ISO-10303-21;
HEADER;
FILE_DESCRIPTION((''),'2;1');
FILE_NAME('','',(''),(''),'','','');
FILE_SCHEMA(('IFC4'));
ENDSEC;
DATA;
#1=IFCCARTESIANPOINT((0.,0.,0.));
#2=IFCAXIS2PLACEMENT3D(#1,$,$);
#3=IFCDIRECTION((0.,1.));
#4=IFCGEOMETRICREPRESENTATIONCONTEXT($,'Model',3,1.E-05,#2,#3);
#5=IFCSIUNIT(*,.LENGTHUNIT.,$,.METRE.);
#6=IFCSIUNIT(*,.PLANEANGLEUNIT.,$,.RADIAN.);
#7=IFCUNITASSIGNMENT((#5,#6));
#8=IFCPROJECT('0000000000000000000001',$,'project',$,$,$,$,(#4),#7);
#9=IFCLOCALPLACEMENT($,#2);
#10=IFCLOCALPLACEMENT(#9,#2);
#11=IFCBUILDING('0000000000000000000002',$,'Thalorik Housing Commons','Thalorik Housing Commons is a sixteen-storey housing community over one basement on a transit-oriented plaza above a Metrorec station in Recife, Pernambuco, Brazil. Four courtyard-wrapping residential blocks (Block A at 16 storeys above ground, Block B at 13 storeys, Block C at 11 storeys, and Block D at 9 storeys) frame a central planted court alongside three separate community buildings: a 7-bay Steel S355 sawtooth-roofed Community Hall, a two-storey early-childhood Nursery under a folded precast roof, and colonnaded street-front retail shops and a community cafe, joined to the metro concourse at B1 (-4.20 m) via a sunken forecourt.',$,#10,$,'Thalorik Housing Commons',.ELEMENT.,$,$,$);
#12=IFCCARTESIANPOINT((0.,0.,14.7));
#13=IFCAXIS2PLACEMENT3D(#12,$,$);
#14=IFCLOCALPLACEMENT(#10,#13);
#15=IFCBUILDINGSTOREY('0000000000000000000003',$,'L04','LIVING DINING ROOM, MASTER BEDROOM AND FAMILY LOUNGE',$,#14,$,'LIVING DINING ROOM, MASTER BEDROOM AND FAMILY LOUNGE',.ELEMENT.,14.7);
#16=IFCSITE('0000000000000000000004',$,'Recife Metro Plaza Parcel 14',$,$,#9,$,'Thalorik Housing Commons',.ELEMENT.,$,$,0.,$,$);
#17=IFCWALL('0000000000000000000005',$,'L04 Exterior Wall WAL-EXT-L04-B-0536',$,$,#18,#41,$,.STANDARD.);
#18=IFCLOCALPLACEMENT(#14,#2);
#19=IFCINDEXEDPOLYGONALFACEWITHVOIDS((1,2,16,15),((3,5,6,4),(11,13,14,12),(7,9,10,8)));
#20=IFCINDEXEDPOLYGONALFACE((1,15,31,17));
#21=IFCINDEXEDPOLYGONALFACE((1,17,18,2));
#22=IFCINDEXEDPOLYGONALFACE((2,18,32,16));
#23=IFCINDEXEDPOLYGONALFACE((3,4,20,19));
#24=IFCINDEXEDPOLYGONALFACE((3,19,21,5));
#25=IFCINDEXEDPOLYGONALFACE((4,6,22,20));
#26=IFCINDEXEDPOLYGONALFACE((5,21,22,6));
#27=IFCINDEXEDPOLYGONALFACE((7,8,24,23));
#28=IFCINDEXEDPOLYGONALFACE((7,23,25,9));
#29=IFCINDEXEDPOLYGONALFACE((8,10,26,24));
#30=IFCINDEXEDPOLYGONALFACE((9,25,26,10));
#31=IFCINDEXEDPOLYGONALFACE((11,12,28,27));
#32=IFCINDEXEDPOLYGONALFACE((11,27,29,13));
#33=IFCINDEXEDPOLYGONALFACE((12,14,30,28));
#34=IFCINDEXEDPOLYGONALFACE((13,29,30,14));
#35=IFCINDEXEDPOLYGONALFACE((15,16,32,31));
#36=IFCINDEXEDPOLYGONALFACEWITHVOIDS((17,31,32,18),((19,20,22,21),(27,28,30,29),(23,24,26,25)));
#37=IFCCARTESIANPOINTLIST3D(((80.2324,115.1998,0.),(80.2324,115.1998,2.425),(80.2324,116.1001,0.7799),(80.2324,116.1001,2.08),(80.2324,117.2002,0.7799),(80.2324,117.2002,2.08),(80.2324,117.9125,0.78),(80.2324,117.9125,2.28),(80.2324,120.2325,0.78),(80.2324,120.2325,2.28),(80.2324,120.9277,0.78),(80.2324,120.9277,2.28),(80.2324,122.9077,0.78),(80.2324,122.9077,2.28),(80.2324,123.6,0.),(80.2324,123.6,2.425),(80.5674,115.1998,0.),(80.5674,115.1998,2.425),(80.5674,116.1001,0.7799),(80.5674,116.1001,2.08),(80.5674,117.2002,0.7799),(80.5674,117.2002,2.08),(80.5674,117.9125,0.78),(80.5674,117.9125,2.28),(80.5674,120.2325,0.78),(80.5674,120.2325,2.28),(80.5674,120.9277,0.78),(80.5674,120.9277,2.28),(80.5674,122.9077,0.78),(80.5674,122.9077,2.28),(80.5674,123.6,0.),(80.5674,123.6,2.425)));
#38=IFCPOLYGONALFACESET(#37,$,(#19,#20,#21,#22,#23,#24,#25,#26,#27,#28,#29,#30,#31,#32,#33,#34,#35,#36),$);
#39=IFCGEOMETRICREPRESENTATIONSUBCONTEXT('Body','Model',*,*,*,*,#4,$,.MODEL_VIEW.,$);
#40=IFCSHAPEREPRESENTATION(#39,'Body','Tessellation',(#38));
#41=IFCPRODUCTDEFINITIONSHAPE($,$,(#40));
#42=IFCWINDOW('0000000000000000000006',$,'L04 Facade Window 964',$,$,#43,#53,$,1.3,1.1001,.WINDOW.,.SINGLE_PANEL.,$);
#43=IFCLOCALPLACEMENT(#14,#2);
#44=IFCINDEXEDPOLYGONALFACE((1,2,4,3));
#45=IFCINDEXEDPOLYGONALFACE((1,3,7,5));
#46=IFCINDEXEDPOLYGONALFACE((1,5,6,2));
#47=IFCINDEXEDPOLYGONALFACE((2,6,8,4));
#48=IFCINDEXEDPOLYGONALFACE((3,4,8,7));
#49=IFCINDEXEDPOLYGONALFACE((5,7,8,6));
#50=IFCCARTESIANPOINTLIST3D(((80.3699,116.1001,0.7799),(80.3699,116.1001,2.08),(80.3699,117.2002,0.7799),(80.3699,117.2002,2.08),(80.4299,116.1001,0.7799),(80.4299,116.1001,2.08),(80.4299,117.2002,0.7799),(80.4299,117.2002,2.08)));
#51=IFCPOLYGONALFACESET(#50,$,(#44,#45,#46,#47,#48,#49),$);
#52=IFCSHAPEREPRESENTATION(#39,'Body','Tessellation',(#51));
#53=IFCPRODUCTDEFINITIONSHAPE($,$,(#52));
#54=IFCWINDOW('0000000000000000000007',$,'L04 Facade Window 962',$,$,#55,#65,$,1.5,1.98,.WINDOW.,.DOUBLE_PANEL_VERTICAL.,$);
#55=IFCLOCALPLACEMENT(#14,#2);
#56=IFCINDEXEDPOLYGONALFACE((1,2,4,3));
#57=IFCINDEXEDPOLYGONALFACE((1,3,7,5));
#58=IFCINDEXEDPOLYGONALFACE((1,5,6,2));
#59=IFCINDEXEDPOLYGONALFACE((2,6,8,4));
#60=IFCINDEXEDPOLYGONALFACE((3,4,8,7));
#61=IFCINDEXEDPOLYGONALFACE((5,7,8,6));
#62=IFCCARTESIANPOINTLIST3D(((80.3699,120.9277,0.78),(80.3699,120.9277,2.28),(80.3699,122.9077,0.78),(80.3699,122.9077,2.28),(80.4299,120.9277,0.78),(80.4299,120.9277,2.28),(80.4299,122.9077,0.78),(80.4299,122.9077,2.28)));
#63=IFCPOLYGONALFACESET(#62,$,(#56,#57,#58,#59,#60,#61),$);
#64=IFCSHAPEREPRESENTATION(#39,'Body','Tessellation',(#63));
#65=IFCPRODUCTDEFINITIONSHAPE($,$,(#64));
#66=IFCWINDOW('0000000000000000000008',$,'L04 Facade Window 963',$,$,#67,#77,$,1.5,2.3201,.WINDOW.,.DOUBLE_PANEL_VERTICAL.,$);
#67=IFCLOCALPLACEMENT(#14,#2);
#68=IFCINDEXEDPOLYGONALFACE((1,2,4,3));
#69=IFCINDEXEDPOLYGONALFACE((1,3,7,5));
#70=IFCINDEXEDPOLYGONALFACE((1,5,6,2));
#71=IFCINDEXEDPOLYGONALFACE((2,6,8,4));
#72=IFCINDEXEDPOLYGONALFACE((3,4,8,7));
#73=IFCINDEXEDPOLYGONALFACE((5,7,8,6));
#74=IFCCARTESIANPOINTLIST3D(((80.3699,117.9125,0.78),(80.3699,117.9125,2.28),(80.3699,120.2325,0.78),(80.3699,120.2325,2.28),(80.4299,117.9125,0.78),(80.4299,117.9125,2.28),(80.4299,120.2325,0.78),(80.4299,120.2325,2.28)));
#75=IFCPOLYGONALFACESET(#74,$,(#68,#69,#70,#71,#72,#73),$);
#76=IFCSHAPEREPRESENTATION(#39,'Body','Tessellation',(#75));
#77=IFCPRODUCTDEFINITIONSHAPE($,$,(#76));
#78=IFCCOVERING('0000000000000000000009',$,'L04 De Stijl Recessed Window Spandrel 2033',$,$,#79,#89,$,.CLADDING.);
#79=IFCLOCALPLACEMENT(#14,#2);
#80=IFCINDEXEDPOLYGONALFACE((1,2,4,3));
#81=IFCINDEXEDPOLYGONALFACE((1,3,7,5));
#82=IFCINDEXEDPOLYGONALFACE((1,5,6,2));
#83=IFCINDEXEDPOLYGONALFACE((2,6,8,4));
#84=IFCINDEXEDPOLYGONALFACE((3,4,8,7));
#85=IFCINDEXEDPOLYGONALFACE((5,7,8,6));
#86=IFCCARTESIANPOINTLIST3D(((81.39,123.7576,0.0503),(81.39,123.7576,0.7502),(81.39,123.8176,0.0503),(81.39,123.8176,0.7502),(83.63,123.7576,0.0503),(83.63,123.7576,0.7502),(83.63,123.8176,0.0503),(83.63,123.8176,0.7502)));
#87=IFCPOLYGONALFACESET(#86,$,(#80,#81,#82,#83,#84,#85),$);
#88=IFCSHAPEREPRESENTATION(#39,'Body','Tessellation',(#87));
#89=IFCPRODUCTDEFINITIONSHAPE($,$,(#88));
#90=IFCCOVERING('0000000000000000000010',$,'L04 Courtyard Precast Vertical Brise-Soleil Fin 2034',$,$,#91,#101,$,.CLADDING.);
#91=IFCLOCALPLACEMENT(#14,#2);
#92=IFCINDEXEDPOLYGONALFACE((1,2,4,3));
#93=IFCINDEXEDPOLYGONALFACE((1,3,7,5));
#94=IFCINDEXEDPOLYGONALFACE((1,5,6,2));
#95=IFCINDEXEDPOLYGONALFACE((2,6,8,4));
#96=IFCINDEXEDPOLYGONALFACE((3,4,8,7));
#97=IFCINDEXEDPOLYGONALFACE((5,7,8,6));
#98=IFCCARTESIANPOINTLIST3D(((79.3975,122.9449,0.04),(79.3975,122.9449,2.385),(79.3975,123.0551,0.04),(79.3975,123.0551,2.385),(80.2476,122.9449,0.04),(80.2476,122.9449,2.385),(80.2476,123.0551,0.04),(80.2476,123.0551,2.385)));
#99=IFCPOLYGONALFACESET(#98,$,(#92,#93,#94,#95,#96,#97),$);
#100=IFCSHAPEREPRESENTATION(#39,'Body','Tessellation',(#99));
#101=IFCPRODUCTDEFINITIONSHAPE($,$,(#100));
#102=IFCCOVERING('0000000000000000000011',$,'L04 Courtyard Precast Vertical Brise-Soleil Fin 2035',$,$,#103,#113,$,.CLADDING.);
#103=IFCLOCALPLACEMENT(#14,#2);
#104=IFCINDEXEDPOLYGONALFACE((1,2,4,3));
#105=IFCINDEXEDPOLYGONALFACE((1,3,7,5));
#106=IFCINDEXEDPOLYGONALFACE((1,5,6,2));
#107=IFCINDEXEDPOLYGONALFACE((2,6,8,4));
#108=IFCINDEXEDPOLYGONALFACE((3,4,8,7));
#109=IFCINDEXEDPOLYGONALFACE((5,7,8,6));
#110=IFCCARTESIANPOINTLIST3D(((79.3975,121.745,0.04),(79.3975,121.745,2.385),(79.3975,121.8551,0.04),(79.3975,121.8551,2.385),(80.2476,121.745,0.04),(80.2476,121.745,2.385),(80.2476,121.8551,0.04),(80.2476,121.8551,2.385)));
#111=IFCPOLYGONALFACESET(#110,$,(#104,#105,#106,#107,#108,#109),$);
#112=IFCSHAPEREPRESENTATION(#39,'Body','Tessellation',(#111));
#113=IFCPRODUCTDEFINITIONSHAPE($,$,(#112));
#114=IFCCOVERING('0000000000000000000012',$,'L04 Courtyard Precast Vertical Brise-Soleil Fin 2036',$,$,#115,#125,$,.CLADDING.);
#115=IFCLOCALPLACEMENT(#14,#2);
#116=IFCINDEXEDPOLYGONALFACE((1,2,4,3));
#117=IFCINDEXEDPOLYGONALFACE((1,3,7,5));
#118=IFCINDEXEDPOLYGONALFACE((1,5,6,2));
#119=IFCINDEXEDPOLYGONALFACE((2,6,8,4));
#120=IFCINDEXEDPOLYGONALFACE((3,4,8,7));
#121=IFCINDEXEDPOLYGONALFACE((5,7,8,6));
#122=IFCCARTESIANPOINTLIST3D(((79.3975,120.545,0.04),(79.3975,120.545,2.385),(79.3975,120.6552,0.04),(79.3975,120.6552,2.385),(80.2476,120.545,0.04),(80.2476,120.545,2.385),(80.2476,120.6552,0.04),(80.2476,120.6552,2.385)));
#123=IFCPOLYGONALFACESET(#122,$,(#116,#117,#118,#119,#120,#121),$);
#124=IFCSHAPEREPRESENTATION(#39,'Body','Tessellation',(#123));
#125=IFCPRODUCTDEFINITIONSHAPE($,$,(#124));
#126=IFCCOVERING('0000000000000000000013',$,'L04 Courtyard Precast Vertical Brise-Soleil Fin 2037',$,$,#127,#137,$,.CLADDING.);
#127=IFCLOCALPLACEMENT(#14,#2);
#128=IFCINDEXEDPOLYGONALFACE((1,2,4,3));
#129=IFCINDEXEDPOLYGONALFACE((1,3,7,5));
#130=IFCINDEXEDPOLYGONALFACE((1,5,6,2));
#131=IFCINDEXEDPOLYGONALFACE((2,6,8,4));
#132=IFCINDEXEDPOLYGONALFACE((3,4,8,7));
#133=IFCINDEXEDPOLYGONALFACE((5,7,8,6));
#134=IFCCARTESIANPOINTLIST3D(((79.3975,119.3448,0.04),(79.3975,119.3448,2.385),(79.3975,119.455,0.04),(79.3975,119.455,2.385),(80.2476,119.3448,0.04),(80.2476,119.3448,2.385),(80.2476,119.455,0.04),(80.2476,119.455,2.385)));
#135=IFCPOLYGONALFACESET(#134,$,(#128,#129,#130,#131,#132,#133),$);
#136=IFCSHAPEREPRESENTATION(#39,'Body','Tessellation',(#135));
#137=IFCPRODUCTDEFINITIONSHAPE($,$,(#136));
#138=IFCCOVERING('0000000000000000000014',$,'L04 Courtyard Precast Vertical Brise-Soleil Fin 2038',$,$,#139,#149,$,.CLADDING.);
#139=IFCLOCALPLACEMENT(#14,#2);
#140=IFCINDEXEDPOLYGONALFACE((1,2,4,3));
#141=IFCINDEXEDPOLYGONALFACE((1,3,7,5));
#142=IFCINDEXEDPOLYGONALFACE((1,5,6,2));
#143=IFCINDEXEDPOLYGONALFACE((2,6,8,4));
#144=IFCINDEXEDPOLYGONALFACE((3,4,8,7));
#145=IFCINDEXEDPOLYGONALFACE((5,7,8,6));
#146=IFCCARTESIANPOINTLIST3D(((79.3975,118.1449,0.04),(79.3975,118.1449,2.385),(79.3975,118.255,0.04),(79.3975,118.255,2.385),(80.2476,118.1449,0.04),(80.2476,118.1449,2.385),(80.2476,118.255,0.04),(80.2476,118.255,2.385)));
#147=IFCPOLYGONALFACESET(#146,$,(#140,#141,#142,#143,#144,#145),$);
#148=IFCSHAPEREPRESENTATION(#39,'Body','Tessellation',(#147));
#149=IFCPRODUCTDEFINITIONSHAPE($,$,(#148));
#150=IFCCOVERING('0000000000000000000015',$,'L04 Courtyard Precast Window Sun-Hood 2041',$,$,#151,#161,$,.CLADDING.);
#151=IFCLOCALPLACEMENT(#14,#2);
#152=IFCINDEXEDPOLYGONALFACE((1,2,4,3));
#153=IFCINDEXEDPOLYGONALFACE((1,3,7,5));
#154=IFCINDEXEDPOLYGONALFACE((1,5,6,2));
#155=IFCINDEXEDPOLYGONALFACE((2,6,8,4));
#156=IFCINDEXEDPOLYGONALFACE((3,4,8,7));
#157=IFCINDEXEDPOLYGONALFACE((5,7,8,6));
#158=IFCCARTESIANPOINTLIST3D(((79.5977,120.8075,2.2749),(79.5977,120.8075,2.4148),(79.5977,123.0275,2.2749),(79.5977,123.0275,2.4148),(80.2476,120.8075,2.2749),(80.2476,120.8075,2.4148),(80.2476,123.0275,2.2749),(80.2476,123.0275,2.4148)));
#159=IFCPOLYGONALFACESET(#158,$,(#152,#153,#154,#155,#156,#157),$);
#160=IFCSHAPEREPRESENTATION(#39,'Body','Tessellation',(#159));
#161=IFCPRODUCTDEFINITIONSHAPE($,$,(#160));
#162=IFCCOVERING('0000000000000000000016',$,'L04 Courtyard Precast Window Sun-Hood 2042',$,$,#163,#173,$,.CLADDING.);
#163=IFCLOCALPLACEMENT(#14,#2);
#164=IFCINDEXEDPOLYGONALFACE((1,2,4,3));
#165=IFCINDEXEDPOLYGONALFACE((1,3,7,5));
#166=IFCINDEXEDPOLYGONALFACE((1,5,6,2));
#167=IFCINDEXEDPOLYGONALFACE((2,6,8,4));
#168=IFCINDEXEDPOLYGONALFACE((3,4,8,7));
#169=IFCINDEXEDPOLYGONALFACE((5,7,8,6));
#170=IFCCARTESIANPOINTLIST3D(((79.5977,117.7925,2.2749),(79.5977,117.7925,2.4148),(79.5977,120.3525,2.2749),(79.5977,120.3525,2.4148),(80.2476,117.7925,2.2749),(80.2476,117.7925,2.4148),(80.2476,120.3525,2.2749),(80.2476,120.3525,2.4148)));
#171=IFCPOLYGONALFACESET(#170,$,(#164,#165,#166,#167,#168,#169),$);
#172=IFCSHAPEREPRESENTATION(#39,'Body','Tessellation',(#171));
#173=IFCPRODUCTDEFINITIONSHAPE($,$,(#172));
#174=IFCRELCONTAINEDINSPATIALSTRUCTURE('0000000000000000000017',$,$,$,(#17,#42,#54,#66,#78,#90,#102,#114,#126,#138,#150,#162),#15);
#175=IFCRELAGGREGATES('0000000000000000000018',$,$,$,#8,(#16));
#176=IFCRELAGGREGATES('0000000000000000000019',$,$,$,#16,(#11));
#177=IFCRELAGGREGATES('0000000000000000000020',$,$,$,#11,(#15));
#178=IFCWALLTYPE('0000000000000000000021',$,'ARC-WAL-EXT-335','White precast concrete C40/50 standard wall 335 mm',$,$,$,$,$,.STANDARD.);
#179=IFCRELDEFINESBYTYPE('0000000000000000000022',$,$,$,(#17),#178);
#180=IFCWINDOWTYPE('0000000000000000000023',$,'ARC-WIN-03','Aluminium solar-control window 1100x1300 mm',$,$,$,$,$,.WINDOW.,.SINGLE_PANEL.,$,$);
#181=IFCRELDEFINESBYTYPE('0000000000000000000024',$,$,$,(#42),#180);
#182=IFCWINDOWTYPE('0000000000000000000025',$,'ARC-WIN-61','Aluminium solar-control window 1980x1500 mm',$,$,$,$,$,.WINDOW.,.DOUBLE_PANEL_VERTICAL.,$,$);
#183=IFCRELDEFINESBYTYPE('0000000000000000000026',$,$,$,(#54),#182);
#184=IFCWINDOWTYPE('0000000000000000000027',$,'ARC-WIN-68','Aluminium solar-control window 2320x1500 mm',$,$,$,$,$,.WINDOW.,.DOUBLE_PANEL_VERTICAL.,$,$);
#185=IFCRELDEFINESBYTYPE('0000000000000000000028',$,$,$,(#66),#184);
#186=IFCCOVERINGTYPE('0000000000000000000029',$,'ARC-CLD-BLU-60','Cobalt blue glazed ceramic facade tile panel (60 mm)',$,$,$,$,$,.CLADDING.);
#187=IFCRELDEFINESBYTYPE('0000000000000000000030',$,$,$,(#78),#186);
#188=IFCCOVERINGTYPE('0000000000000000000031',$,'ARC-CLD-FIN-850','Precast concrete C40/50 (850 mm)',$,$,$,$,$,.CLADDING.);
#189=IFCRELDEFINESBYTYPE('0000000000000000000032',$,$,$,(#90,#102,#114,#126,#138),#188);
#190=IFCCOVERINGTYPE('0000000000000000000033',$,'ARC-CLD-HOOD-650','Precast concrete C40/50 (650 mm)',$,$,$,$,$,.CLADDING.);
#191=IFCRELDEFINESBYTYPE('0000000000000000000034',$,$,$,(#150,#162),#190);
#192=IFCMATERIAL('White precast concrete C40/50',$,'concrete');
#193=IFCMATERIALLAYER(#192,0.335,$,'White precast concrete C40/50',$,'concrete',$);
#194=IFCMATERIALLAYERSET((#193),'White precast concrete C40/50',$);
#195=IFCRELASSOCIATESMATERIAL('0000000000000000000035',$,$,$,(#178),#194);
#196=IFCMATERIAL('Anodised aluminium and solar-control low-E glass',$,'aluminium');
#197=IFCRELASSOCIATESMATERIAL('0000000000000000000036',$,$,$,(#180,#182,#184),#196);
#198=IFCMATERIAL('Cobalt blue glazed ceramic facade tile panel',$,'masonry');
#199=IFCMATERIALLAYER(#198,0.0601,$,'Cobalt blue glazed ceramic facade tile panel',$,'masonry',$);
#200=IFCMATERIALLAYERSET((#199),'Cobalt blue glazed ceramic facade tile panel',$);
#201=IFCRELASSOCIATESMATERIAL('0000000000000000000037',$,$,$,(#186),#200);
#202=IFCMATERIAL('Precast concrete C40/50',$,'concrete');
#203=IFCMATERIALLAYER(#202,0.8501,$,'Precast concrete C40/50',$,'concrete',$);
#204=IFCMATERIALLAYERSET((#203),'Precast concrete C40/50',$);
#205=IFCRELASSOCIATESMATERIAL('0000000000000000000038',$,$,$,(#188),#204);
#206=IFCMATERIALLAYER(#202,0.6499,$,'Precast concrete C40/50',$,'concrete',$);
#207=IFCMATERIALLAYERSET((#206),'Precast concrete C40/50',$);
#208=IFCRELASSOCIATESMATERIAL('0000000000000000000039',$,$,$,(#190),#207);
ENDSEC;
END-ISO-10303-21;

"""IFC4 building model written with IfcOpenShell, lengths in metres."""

from ifc_helpers import new_model, si_unit, direction, frame, frame_2d, origin, origin_2d, place, context, subcontext, project, spatial, rectangle, extrude, material, layer, layer_set, type_object, element, fill, save


model = new_model("IFC4")

# Units and contexts
model_context = context("Model", 3, precision=1e-05, world=origin(), true_north=direction((0.0, 1.0)))
body_context = subcontext(model_context, "Body", "Model", "MODEL_VIEW")
ifc_project = project(units=[si_unit("LENGTHUNIT", "METRE"), si_unit("PLANEANGLEUNIT", "RADIAN")], contexts=[model_context])

# Site, building, storey
site_placement = place(None, origin())
site = spatial("IfcSite", under=ifc_project, at=site_placement, Name="Recife Metro Plaza Parcel 14", LongName="Thalorik Housing Commons", CompositionType="ELEMENT", RefElevation=0.0)
building_placement = place(site_placement, origin())
building = spatial("IfcBuilding", under=site, at=building_placement, Name="Thalorik Housing Commons", Description="Thalorik Housing Commons is a sixteen-storey housing community over one basement on a transit-oriented plaza above a Metrorec station in Recife, Pernambuco, Brazil. Four courtyard-wrapping residential blocks (Block A at 16 storeys above ground, Block B at 13 storeys, Block C at 11 storeys, and Block D at 9 storeys) frame a central planted court alongside three separate community buildings: a 7-bay Steel S355 sawtooth-roofed Community Hall, a two-storey early-childhood Nursery under a folded precast roof, and colonnaded street-front retail shops and a community cafe, joined to the metro concourse at B1 (-4.20 m) via a sunken forecourt.", LongName="Thalorik Housing Commons", CompositionType="ELEMENT")
storey_placement = place(building_placement, frame((0.0, 0.0, 14.7)))
storey = spatial("IfcBuildingStorey", under=building, at=storey_placement, Name="L04", Description="LIVING DINING ROOM, MASTER BEDROOM AND FAMILY LOUNGE", LongName="LIVING DINING ROOM, MASTER BEDROOM AND FAMILY LOUNGE", CompositionType="ELEMENT", Elevation=14.7)

# Shared definitions
ifc_material_1 = material(Name="Precast concrete C40/50", Category="concrete")

# Wall, openings, windows
ifc_material_2 = material(Name="White precast concrete C40/50", Category="concrete")
ifc_layer_1 = layer(ifc_material_2, 0.335, Name="White precast concrete C40/50", Category="concrete")
ifc_layer_set_1 = layer_set([ifc_layer_1], Name="White precast concrete C40/50")
wall_type_1 = type_object("IfcWallType", Name="ARC-WAL-EXT-335", Description="White precast concrete C40/50 standard wall 335 mm", PredefinedType="STANDARD", material=ifc_layer_set_1)
wall_1_placement = place(storey_placement, frame((80.3999, 123.6001, 0.0), z_axis=(0.0, 0.0, 1.0), x_axis=(0.0, -1.0, 0.0)))
wall_1 = element("IfcWall", 1, at=wall_1_placement, inside=storey, type_object=wall_type_1, Name="L04 Exterior Wall WAL-EXT-L04-B-0536", PredefinedType="STANDARD", context=body_context, shape_type="SweptSolid", body=[
    extrude(rectangle(XDim=8.4001, YDim=0.335, at=frame_2d((4.2002, 0.0))), origin(), (0.0, 0.0, 1.0), 2.425),
])
opening_1_placement = place(wall_1_placement, frame((0.6924, 0.0, 0.78)))
opening_1 = element("IfcOpeningElement", 2, at=opening_1_placement, cuts=wall_1, PredefinedType="OPENING", context=body_context, shape_type="SweptSolid", body=[
    extrude(rectangle(XDim=1.98, YDim=1.5, at=frame_2d((0.99, 0.75))), frame((0.0, 0.1775, 0.0), z_axis=(0.0, -1.0, 0.0), x_axis=(1.0, 0.0, 0.0)), (0.0, 0.0, 1.0), 0.355),
])
opening_2_placement = place(wall_1_placement, frame((3.3674, 0.0, 0.78)))
opening_2 = element("IfcOpeningElement", 3, at=opening_2_placement, cuts=wall_1, PredefinedType="OPENING", context=body_context, shape_type="SweptSolid", body=[
    extrude(rectangle(XDim=2.3201, YDim=1.5, at=frame_2d((1.1602, 0.75))), frame((0.0, 0.1775, 0.0), z_axis=(0.0, -1.0, 0.0), x_axis=(1.0, 0.0, 0.0)), (0.0, 0.0, 1.0), 0.355),
])
opening_3_placement = place(wall_1_placement, frame((6.3999, 0.0, 0.78)))
opening_3 = element("IfcOpeningElement", 4, at=opening_3_placement, cuts=wall_1, PredefinedType="OPENING", context=body_context, shape_type="SweptSolid", body=[
    extrude(rectangle(XDim=1.1001, YDim=1.3, at=frame_2d((0.55, 0.6499))), frame((0.0, 0.1775, 0.0), z_axis=(0.0, -1.0, 0.0), x_axis=(1.0, 0.0, 0.0)), (0.0, 0.0, 1.0), 0.355),
])
ifc_material_3 = material(Name="Anodised aluminium and solar-control low-E glass", Category="aluminium")
window_type_1 = type_object("IfcWindowType", Name="ARC-WIN-03", Description="Aluminium solar-control window 1100x1300 mm", PartitioningType="SINGLE_PANEL", PredefinedType="WINDOW", material=ifc_material_3)
window_1_placement = place(opening_3_placement, origin())
window_1 = element("IfcWindow", 5, at=window_1_placement, inside=storey, type_object=window_type_1, Name="L04 Facade Window 964", OverallHeight=1.3, OverallWidth=1.1001, PartitioningType="SINGLE_PANEL", PredefinedType="WINDOW", context=body_context, shape_type="SweptSolid", body=[
    extrude(rectangle(XDim=1.1001, YDim=1.3, at=frame_2d((0.55, 0.6499))), frame((0.0, 0.03, 0.0), z_axis=(0.0, -1.0, 0.0), x_axis=(1.0, 0.0, 0.0)), (0.0, 0.0, 1.0), 0.0601),
])
fill(opening_3, window_1)
window_type_2 = type_object("IfcWindowType", Name="ARC-WIN-61", Description="Aluminium solar-control window 1980x1500 mm", PartitioningType="DOUBLE_PANEL_VERTICAL", PredefinedType="WINDOW", material=ifc_material_3)
window_2_placement = place(opening_1_placement, origin())
window_2 = element("IfcWindow", 6, at=window_2_placement, inside=storey, type_object=window_type_2, Name="L04 Facade Window 962", OverallHeight=1.5, OverallWidth=1.98, PartitioningType="DOUBLE_PANEL_VERTICAL", PredefinedType="WINDOW", context=body_context, shape_type="SweptSolid", body=[
    extrude(rectangle(XDim=1.98, YDim=1.5, at=frame_2d((0.99, 0.75))), frame((0.0, 0.03, 0.0), z_axis=(0.0, -1.0, 0.0), x_axis=(1.0, 0.0, 0.0)), (0.0, 0.0, 1.0), 0.0601),
])
fill(opening_1, window_2)
window_type_3 = type_object("IfcWindowType", Name="ARC-WIN-68", Description="Aluminium solar-control window 2320x1500 mm", PartitioningType="DOUBLE_PANEL_VERTICAL", PredefinedType="WINDOW", material=ifc_material_3)
window_3_placement = place(opening_2_placement, origin())
window_3 = element("IfcWindow", 7, at=window_3_placement, inside=storey, type_object=window_type_3, Name="L04 Facade Window 963", OverallHeight=1.5, OverallWidth=2.3201, PartitioningType="DOUBLE_PANEL_VERTICAL", PredefinedType="WINDOW", context=body_context, shape_type="SweptSolid", body=[
    extrude(rectangle(XDim=2.3201, YDim=1.5, at=frame_2d((1.1602, 0.75))), frame((0.0, 0.03, 0.0), z_axis=(0.0, -1.0, 0.0), x_axis=(1.0, 0.0, 0.0)), (0.0, 0.0, 1.0), 0.0601),
])
fill(opening_2, window_3)

# Coverings
ifc_material_4 = material(Name="Cobalt blue glazed ceramic facade tile panel", Category="masonry")
ifc_layer_2 = layer(ifc_material_4, 0.0601, Name="Cobalt blue glazed ceramic facade tile panel", Category="masonry")
ifc_layer_set_2 = layer_set([ifc_layer_2], Name="Cobalt blue glazed ceramic facade tile panel")
covering_type_1 = type_object("IfcCoveringType", Name="ARC-CLD-BLU-60", Description="Cobalt blue glazed ceramic facade tile panel (60 mm)", PredefinedType="CLADDING", material=ifc_layer_set_2)
covering_1_placement = place(storey_placement, frame((82.51, 123.7876, 0.0503), z_axis=(0.0, 0.0, 1.0), x_axis=(-1.0, 0.0, 0.0)))
element("IfcCovering", 8, at=covering_1_placement, inside=storey, type_object=covering_type_1, Name="L04 De Stijl Recessed Window Spandrel 2033", PredefinedType="CLADDING", context=body_context, shape_type="SweptSolid", body=[
    extrude(rectangle(XDim=2.24, YDim=0.0601, at=origin_2d()), origin(), (0.0, 0.0, 1.0), 0.7),
])
ifc_layer_3 = layer(ifc_material_1, 0.8501, Name="Precast concrete C40/50", Category="concrete")
ifc_layer_set_3 = layer_set([ifc_layer_3], Name="Precast concrete C40/50")
covering_type_2 = type_object("IfcCoveringType", Name="ARC-CLD-FIN-850", Description="Precast concrete C40/50 (850 mm)", PredefinedType="CLADDING", material=ifc_layer_set_3)
for number, where, z_axis, x_axis, name in (
    (9, (79.8225, 123.0, 0.04), (0.0, 0.0, 1.0), (0.0, -1.0, 0.0), "L04 Courtyard Precast Vertical Brise-Soleil Fin 2034"),
    (10, (79.8225, 121.8, 0.04), (0.0, 0.0, 1.0), (0.0, -1.0, 0.0), "L04 Courtyard Precast Vertical Brise-Soleil Fin 2035"),
    (11, (79.8225, 120.6001, 0.04), (0.0, 0.0, 1.0), (0.0, -1.0, 0.0), "L04 Courtyard Precast Vertical Brise-Soleil Fin 2036"),
    (12, (79.8225, 119.3999, 0.04), (0.0, 0.0, 1.0), (0.0, -1.0, 0.0), "L04 Courtyard Precast Vertical Brise-Soleil Fin 2037"),
    (13, (79.8225, 118.2, 0.04), (0.0, 0.0, 1.0), (0.0, -1.0, 0.0), "L04 Courtyard Precast Vertical Brise-Soleil Fin 2038"),
):
    element("IfcCovering", number, at=place(storey_placement, frame(where, z_axis=z_axis, x_axis=x_axis)), inside=storey, type_object=covering_type_2, Name=name, PredefinedType="CLADDING", context=body_context, shape_type="SweptSolid", body=[
        extrude(rectangle(XDim=0.1101, YDim=0.8501, at=origin_2d()), origin(), (0.0, 0.0, 1.0), 2.345),
    ])
ifc_layer_4 = layer(ifc_material_1, 0.6499, Name="Precast concrete C40/50", Category="concrete")
ifc_layer_set_4 = layer_set([ifc_layer_4], Name="Precast concrete C40/50")
covering_type_3 = type_object("IfcCoveringType", Name="ARC-CLD-HOOD-650", Description="Precast concrete C40/50 (650 mm)", PredefinedType="CLADDING", material=ifc_layer_set_4)
covering_2_placement = place(storey_placement, frame((79.9226, 121.9175, 2.2749), z_axis=(0.0, 0.0, 1.0), x_axis=(0.0, -1.0, 0.0)))
element("IfcCovering", 14, at=covering_2_placement, inside=storey, type_object=covering_type_3, Name="L04 Courtyard Precast Window Sun-Hood 2041", PredefinedType="CLADDING", context=body_context, shape_type="SweptSolid", body=[
    extrude(rectangle(XDim=2.22, YDim=0.6499, at=origin_2d()), origin(), (0.0, 0.0, 1.0), 0.1399),
])
covering_3_placement = place(storey_placement, frame((79.9226, 119.0725, 2.2749), z_axis=(0.0, 0.0, 1.0), x_axis=(0.0, -1.0, 0.0)))
element("IfcCovering", 15, at=covering_3_placement, inside=storey, type_object=covering_type_3, Name="L04 Courtyard Precast Window Sun-Hood 2042", PredefinedType="CLADDING", context=body_context, shape_type="SweptSolid", body=[
    extrude(rectangle(XDim=2.5601, YDim=0.6499, at=origin_2d()), origin(), (0.0, 0.0, 1.0), 0.1399),
])

save(model, "model.ifc")
